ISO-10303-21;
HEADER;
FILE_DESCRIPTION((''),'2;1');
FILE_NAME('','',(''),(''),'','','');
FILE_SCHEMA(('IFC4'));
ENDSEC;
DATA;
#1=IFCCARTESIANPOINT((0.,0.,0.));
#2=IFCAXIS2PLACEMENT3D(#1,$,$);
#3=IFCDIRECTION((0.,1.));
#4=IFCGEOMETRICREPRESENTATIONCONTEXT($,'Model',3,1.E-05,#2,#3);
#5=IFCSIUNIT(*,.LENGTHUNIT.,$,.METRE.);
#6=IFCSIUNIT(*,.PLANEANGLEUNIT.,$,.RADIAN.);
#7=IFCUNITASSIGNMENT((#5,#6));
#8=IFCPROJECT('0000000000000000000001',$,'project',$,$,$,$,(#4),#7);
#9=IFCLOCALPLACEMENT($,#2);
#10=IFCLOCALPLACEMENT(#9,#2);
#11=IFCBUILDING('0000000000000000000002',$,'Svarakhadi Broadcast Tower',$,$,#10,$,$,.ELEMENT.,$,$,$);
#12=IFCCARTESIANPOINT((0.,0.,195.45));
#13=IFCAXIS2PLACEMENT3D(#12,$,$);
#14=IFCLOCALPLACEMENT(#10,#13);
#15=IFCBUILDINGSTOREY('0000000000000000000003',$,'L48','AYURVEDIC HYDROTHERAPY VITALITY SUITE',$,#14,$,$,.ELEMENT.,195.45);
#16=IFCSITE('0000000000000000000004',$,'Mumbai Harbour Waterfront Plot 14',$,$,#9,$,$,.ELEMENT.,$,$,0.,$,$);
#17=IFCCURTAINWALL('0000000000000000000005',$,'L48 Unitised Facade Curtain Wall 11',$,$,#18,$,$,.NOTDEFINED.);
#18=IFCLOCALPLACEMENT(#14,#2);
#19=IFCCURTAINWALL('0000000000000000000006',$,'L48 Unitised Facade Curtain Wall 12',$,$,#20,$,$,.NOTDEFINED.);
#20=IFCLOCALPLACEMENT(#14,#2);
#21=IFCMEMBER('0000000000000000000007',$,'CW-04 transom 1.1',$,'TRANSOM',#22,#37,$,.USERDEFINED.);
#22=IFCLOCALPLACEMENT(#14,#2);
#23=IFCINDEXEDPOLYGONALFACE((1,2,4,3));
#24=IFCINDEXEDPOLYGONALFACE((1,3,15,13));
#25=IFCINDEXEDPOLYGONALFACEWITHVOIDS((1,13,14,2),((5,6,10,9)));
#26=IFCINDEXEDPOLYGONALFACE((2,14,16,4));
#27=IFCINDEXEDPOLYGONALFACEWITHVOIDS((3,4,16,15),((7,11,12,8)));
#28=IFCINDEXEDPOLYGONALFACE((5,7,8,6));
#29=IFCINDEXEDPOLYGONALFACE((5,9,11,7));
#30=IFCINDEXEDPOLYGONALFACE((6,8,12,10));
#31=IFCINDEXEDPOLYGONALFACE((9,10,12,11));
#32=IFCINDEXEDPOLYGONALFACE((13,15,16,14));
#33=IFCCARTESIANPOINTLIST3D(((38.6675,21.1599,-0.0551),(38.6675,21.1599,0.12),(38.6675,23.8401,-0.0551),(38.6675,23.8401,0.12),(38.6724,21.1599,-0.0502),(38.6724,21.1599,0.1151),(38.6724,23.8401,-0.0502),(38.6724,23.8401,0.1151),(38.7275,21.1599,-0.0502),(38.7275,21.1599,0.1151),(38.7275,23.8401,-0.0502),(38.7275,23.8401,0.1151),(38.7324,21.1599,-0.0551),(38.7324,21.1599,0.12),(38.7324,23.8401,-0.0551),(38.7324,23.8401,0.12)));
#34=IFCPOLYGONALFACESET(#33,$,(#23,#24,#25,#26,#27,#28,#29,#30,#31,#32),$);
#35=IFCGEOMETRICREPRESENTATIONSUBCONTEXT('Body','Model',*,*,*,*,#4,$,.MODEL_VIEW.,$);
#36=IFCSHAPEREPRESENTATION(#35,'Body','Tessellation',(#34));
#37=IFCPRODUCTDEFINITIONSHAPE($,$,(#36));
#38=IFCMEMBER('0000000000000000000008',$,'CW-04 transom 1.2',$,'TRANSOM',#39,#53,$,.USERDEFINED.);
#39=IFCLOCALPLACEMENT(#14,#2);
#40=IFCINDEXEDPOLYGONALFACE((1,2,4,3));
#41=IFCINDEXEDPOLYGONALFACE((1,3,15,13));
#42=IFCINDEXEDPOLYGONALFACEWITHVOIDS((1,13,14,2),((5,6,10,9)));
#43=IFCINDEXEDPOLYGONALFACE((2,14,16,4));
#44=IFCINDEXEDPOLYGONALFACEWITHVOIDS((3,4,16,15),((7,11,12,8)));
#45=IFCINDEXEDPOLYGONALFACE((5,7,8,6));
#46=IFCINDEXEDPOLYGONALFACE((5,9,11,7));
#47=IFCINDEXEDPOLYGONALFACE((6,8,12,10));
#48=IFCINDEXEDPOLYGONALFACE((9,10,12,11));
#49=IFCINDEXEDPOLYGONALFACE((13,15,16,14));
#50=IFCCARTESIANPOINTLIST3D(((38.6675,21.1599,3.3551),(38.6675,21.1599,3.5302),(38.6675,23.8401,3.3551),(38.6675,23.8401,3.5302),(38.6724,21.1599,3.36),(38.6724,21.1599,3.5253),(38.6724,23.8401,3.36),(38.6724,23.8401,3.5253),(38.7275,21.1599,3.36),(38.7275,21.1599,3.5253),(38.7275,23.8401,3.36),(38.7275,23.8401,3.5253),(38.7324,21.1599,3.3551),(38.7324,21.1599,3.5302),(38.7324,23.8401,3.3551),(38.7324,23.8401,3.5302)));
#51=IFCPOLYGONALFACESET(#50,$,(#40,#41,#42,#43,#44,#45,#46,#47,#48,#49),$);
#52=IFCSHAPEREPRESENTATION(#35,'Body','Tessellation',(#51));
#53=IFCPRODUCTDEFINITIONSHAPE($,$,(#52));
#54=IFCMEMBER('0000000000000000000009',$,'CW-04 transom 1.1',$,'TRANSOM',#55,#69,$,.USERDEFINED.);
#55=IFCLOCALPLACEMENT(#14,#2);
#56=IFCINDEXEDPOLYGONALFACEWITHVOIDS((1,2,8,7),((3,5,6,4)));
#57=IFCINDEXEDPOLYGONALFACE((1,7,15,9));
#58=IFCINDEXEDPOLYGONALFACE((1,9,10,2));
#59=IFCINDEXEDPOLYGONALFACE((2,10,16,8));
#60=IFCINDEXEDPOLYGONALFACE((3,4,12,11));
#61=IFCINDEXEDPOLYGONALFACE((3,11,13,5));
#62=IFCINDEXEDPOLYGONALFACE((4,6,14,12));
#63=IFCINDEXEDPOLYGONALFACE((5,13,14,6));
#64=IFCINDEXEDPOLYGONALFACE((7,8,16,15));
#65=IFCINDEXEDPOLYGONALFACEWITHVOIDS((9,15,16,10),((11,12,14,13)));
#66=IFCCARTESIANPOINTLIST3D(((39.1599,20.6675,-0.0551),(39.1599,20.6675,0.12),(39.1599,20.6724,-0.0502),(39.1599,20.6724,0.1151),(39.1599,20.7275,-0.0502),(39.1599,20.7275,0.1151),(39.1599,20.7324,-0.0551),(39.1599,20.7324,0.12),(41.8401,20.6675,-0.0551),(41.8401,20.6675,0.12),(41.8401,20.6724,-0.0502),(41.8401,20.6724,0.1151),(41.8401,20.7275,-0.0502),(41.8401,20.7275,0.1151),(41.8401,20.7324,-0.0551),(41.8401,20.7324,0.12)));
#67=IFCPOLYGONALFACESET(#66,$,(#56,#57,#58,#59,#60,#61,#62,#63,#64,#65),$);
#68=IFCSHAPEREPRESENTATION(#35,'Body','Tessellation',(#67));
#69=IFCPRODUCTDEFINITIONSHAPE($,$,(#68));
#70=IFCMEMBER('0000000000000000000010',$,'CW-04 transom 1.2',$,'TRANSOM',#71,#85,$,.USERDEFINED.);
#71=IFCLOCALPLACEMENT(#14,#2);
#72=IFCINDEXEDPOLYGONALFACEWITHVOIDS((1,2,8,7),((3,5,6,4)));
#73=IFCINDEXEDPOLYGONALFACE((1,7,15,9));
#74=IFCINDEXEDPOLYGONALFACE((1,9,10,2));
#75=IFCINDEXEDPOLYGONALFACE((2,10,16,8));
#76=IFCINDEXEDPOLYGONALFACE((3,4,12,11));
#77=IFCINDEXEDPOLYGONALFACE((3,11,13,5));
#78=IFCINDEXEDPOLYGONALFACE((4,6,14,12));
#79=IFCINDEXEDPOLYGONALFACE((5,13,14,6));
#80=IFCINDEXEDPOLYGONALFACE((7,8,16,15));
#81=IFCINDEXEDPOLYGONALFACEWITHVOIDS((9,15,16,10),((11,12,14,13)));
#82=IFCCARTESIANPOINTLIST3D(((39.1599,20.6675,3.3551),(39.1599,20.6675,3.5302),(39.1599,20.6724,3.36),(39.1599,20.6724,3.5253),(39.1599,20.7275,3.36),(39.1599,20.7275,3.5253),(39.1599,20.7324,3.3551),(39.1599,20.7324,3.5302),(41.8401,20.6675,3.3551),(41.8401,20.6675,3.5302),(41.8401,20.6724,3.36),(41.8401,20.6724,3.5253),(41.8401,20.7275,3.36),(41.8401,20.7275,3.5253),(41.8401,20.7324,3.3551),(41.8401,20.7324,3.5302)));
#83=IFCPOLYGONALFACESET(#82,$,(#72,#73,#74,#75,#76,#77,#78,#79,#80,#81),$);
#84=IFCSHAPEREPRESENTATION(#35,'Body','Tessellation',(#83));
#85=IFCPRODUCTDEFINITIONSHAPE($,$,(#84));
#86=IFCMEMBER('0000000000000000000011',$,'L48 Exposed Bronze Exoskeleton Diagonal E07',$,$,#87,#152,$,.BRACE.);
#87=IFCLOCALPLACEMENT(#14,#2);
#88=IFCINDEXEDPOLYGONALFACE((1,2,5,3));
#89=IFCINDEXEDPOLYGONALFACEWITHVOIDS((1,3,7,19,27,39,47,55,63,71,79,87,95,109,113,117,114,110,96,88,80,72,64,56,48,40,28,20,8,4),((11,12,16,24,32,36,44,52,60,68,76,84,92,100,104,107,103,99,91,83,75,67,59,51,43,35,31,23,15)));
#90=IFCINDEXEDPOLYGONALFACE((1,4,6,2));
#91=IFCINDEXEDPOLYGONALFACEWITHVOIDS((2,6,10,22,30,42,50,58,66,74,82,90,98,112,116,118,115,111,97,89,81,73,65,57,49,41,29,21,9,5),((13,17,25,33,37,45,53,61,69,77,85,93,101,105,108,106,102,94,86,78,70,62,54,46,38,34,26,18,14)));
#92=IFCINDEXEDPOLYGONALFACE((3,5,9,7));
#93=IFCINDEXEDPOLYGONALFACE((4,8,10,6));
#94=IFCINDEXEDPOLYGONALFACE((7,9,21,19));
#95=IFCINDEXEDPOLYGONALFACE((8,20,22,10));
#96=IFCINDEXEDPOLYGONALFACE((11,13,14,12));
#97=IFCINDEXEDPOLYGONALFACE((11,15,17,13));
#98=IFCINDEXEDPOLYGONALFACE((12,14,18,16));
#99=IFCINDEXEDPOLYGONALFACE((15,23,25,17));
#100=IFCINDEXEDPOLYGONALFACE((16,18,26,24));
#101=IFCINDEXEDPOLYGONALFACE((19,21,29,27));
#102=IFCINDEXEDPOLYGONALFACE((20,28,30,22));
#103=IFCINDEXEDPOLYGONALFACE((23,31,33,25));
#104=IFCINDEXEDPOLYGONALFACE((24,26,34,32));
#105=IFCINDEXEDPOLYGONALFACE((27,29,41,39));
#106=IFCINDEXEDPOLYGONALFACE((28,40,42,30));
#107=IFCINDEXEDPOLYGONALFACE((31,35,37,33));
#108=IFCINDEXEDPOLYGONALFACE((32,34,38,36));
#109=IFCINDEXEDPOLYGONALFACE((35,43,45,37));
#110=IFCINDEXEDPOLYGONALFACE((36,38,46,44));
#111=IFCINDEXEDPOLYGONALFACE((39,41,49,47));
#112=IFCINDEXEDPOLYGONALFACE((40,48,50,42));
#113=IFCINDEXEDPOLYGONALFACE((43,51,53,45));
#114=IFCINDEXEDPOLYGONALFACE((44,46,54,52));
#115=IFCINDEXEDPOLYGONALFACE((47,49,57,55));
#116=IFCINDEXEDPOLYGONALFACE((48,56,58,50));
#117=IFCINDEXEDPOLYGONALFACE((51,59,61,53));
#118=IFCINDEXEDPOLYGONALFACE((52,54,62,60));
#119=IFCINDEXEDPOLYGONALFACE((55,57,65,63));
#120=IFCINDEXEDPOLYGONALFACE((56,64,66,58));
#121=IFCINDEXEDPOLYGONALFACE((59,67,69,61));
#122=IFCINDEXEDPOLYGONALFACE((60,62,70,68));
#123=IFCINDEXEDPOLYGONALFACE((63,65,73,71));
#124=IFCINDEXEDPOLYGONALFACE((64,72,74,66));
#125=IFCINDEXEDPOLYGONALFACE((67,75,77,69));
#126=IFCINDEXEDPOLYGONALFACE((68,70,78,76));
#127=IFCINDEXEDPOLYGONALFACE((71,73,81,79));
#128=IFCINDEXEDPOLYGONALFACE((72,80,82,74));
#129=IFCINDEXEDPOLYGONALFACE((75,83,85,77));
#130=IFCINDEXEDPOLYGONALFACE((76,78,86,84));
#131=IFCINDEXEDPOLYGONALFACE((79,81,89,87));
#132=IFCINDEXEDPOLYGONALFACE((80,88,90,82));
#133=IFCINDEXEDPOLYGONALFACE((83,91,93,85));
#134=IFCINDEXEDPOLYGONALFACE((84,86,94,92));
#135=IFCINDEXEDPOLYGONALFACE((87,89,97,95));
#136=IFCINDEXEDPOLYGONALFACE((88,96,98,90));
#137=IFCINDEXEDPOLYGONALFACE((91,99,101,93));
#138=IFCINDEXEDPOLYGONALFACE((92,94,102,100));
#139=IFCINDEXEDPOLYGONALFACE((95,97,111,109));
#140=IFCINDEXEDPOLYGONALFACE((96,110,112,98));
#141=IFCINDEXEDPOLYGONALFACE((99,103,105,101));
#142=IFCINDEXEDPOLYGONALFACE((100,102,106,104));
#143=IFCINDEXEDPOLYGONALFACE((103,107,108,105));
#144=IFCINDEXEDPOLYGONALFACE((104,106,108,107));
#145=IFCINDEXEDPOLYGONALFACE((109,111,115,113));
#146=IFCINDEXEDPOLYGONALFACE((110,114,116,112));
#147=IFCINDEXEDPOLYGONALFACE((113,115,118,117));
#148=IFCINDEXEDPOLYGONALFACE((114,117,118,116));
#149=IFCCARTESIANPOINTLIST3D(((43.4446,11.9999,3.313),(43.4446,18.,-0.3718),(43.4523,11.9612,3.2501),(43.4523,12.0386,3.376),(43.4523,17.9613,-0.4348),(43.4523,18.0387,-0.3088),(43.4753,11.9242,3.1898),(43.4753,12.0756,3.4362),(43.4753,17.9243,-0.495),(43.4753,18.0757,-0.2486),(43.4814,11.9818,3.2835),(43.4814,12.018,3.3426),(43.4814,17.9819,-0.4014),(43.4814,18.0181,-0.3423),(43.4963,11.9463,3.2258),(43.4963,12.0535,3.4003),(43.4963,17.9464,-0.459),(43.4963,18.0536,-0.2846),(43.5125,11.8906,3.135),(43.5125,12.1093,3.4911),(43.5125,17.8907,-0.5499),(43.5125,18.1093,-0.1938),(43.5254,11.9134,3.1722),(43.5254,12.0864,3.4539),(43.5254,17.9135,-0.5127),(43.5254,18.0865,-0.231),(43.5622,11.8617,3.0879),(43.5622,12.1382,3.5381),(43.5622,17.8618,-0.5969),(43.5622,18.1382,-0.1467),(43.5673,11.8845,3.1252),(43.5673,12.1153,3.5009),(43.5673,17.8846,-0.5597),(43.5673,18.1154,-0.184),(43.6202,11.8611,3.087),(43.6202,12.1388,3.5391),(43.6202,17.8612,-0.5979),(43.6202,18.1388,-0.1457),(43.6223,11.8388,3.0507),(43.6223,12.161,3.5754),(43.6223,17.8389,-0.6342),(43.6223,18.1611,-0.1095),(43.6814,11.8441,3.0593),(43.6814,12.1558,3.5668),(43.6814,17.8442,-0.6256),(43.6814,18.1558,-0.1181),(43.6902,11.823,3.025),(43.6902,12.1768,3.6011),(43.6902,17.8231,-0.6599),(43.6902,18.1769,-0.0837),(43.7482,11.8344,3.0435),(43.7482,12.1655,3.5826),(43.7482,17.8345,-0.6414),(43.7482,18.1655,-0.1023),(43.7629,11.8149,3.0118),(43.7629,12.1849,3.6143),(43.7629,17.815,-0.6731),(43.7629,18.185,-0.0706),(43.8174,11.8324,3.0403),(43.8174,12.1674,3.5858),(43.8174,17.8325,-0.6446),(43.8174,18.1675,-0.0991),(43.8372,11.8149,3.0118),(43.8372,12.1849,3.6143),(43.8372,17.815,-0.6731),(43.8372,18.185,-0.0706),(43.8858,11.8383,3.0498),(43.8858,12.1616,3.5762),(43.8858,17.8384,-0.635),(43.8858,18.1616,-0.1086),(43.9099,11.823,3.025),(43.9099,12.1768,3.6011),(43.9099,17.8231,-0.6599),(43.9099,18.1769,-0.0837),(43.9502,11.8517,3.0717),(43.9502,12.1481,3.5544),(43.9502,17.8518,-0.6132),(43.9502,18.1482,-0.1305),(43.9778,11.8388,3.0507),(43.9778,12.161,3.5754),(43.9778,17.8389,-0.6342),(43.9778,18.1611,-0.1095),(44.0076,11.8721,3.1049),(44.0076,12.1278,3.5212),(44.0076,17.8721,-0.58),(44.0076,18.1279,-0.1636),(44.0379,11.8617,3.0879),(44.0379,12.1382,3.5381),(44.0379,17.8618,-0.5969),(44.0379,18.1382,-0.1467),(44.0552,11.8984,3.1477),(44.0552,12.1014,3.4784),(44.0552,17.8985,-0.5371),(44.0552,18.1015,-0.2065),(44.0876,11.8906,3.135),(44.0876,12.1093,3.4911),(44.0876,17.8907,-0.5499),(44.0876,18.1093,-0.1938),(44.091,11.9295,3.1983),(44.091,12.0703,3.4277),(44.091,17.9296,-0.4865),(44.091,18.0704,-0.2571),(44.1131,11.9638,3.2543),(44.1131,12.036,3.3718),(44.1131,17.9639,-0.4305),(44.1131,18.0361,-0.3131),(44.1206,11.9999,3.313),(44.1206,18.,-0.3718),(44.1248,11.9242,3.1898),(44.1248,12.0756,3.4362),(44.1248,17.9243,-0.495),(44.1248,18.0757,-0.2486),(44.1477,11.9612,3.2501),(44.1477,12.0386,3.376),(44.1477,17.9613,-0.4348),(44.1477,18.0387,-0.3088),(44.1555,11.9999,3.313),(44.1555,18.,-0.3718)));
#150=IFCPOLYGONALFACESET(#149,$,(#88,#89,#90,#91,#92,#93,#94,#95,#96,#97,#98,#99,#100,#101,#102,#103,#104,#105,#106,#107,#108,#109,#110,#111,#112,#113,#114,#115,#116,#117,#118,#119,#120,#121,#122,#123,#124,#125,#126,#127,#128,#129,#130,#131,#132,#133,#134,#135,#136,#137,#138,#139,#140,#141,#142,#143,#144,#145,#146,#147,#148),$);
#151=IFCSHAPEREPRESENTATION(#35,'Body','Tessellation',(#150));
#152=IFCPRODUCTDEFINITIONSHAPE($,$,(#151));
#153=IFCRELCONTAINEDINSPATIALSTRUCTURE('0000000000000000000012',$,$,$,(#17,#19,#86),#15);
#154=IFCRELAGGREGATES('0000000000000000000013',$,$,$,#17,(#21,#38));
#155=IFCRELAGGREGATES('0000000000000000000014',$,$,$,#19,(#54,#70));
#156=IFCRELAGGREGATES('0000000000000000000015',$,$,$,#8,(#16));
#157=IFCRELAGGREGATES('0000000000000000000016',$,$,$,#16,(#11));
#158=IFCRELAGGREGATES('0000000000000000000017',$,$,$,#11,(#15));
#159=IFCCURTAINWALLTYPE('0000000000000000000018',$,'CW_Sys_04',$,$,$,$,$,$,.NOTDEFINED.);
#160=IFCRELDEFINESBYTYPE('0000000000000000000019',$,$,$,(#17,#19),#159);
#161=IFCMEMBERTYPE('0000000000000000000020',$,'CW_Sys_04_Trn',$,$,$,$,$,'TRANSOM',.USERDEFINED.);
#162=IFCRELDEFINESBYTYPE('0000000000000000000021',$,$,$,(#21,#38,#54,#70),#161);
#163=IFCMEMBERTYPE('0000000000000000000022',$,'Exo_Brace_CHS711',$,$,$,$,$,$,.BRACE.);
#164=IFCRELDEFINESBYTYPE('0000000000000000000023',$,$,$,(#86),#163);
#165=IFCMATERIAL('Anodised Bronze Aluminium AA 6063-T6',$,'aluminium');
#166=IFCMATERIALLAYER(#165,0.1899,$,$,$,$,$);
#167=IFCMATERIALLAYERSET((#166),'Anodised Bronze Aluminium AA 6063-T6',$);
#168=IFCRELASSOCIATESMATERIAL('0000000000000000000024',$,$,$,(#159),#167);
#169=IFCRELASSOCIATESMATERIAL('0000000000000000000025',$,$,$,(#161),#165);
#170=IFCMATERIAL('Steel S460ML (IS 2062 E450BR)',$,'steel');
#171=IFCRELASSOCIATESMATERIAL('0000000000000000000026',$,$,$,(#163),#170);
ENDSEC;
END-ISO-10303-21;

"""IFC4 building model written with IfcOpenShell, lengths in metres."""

from ifc_helpers import new_model, si_unit, direction, frame, origin, origin_2d, place, context, subcontext, project, spatial, hollow_rectangle, hollow_circle, extrude, material, layer, layer_set, material_profile, profile_set, type_object, element, aggregate, save


model = new_model("IFC4")

# Units and contexts
model_context = context("Model", 3, precision=1e-05, world=origin(), true_north=direction((0.0, 1.0)))
body_context = subcontext(model_context, "Body", "Model", "MODEL_VIEW")
ifc_project = project(units=[si_unit("LENGTHUNIT", "METRE"), si_unit("PLANEANGLEUNIT", "RADIAN")], contexts=[model_context])

# Site, building, storey
site_placement = place(None, origin())
site = spatial("IfcSite", under=ifc_project, at=site_placement, Name="Mumbai Harbour Waterfront Plot 14", CompositionType="ELEMENT", RefElevation=0.0)
building_placement = place(site_placement, origin())
building = spatial("IfcBuilding", under=site, at=building_placement, Name="Svarakhadi Broadcast Tower", CompositionType="ELEMENT")
storey_placement = place(building_placement, frame((0.0, 0.0, 195.45)))
storey = spatial("IfcBuildingStorey", under=building, at=storey_placement, Name="L48", Description="AYURVEDIC HYDROTHERAPY VITALITY SUITE", CompositionType="ELEMENT", Elevation=195.45)

# Shared definitions
ifc_material_1 = material(Name="Steel S460ML (IS 2062 E450BR)", Category="steel")

# Shared definitions
ifc_material_2 = material(Name="Anodised Bronze Aluminium AA 6063-T6", Category="aluminium")
ifc_layer_1 = layer(ifc_material_2, 0.1899)
ifc_layer_set_1 = layer_set([ifc_layer_1], Name="Anodised Bronze Aluminium AA 6063-T6")
curtain_wall_type = type_object("IfcCurtainWallType", Name="CW_Sys_04", PredefinedType="NOTDEFINED", material=ifc_layer_set_1)

# Curtain walls
curtain_wall_1_placement = place(storey_placement, origin())
curtain_wall_1 = element("IfcCurtainWall", 1, at=curtain_wall_1_placement, inside=storey, type_object=curtain_wall_type, Name="L48 Unitised Facade Curtain Wall 11", PredefinedType="NOTDEFINED")
curtain_wall_2_placement = place(storey_placement, origin())
curtain_wall_2 = element("IfcCurtainWall", 2, at=curtain_wall_2_placement, inside=storey, type_object=curtain_wall_type, Name="L48 Unitised Facade Curtain Wall 12", PredefinedType="NOTDEFINED")

# Members
ifc_material_profile_1 = material_profile(ifc_material_2, hollow_rectangle(XDim=0.0649, YDim=0.175, WallThickness=0.0049, at=origin_2d()), Name="ALU TRANSOM 175x65x5")
ifc_profile_set_1 = profile_set([ifc_material_profile_1], Name="Anodised Bronze Aluminium AA 6063-T6")
member_type_1 = type_object("IfcMemberType", Name="CW_Sys_04_Trn", ElementType="TRANSOM", PredefinedType="USERDEFINED", material=ifc_profile_set_1)
member_1_placement = place(storey_placement, frame((38.7, 23.8401, 0.0325), z_axis=(0.0, -1.0, 0.0), x_axis=(1.0, 0.0, 0.0)))
member_1 = element("IfcMember", 3, at=member_1_placement, type_object=member_type_1, Name="CW-04 transom 1.1", ObjectType="TRANSOM", PredefinedType="USERDEFINED", context=body_context, shape_type="SweptSolid", body=[
    extrude(hollow_rectangle(XDim=0.0649, YDim=0.175, WallThickness=0.0049, at=origin_2d()), origin(), (0.0, 0.0, 1.0), 2.6802),
])
member_2_placement = place(storey_placement, frame((38.7, 23.8401, 3.4426), z_axis=(0.0, -1.0, 0.0), x_axis=(1.0, 0.0, 0.0)))
member_2 = element("IfcMember", 4, at=member_2_placement, type_object=member_type_1, Name="CW-04 transom 1.2", ObjectType="TRANSOM", PredefinedType="USERDEFINED", context=body_context, shape_type="SweptSolid", body=[
    extrude(hollow_rectangle(XDim=0.0649, YDim=0.175, WallThickness=0.0049, at=origin_2d()), origin(), (0.0, 0.0, 1.0), 2.6802),
])
member_3_placement = place(storey_placement, frame((39.1599, 20.7, 0.0325), z_axis=(1.0, 0.0, 0.0), x_axis=(0.0, 1.0, 0.0)))
member_3 = element("IfcMember", 5, at=member_3_placement, type_object=member_type_1, Name="CW-04 transom 1.1", ObjectType="TRANSOM", PredefinedType="USERDEFINED", context=body_context, shape_type="SweptSolid", body=[
    extrude(hollow_rectangle(XDim=0.0649, YDim=0.175, WallThickness=0.0049, at=origin_2d()), origin(), (0.0, 0.0, 1.0), 2.6802),
])
member_4_placement = place(storey_placement, frame((39.1599, 20.7, 3.4426), z_axis=(1.0, 0.0, 0.0), x_axis=(0.0, 1.0, 0.0)))
member_4 = element("IfcMember", 6, at=member_4_placement, type_object=member_type_1, Name="CW-04 transom 1.2", ObjectType="TRANSOM", PredefinedType="USERDEFINED", context=body_context, shape_type="SweptSolid", body=[
    extrude(hollow_rectangle(XDim=0.0649, YDim=0.175, WallThickness=0.0049, at=origin_2d()), origin(), (0.0, 0.0, 1.0), 2.6802),
])

# Member
ifc_material_profile_2 = material_profile(ifc_material_1, hollow_circle(Radius=0.3555, WallThickness=0.0349, at=origin_2d()), Name="CHS 711x35")
ifc_profile_set_2 = profile_set([ifc_material_profile_2], Name="Steel S460ML (IS 2062 E450BR)")
member_type_2 = type_object("IfcMemberType", Name="Exo_Brace_CHS711", PredefinedType="BRACE", material=ifc_profile_set_2)
member_5_placement = place(storey_placement, frame((43.8, 18.0, -0.3718), z_axis=(0.0, -0.852133, 0.523325), x_axis=(1.0, 0.0, 0.0)))
element("IfcMember", 7, at=member_5_placement, inside=storey, type_object=member_type_2, Name="L48 Exposed Bronze Exoskeleton Diagonal E07", PredefinedType="BRACE", context=body_context, shape_type="SweptSolid", body=[
    extrude(hollow_circle(Radius=0.3555, WallThickness=0.0349, at=origin_2d()), origin(), (0.0, 0.0, 1.0), 7.0413),
])

aggregate(curtain_wall_1, [member_1, member_2])
aggregate(curtain_wall_2, [member_3, member_4])

save(model, "model.ifc")
